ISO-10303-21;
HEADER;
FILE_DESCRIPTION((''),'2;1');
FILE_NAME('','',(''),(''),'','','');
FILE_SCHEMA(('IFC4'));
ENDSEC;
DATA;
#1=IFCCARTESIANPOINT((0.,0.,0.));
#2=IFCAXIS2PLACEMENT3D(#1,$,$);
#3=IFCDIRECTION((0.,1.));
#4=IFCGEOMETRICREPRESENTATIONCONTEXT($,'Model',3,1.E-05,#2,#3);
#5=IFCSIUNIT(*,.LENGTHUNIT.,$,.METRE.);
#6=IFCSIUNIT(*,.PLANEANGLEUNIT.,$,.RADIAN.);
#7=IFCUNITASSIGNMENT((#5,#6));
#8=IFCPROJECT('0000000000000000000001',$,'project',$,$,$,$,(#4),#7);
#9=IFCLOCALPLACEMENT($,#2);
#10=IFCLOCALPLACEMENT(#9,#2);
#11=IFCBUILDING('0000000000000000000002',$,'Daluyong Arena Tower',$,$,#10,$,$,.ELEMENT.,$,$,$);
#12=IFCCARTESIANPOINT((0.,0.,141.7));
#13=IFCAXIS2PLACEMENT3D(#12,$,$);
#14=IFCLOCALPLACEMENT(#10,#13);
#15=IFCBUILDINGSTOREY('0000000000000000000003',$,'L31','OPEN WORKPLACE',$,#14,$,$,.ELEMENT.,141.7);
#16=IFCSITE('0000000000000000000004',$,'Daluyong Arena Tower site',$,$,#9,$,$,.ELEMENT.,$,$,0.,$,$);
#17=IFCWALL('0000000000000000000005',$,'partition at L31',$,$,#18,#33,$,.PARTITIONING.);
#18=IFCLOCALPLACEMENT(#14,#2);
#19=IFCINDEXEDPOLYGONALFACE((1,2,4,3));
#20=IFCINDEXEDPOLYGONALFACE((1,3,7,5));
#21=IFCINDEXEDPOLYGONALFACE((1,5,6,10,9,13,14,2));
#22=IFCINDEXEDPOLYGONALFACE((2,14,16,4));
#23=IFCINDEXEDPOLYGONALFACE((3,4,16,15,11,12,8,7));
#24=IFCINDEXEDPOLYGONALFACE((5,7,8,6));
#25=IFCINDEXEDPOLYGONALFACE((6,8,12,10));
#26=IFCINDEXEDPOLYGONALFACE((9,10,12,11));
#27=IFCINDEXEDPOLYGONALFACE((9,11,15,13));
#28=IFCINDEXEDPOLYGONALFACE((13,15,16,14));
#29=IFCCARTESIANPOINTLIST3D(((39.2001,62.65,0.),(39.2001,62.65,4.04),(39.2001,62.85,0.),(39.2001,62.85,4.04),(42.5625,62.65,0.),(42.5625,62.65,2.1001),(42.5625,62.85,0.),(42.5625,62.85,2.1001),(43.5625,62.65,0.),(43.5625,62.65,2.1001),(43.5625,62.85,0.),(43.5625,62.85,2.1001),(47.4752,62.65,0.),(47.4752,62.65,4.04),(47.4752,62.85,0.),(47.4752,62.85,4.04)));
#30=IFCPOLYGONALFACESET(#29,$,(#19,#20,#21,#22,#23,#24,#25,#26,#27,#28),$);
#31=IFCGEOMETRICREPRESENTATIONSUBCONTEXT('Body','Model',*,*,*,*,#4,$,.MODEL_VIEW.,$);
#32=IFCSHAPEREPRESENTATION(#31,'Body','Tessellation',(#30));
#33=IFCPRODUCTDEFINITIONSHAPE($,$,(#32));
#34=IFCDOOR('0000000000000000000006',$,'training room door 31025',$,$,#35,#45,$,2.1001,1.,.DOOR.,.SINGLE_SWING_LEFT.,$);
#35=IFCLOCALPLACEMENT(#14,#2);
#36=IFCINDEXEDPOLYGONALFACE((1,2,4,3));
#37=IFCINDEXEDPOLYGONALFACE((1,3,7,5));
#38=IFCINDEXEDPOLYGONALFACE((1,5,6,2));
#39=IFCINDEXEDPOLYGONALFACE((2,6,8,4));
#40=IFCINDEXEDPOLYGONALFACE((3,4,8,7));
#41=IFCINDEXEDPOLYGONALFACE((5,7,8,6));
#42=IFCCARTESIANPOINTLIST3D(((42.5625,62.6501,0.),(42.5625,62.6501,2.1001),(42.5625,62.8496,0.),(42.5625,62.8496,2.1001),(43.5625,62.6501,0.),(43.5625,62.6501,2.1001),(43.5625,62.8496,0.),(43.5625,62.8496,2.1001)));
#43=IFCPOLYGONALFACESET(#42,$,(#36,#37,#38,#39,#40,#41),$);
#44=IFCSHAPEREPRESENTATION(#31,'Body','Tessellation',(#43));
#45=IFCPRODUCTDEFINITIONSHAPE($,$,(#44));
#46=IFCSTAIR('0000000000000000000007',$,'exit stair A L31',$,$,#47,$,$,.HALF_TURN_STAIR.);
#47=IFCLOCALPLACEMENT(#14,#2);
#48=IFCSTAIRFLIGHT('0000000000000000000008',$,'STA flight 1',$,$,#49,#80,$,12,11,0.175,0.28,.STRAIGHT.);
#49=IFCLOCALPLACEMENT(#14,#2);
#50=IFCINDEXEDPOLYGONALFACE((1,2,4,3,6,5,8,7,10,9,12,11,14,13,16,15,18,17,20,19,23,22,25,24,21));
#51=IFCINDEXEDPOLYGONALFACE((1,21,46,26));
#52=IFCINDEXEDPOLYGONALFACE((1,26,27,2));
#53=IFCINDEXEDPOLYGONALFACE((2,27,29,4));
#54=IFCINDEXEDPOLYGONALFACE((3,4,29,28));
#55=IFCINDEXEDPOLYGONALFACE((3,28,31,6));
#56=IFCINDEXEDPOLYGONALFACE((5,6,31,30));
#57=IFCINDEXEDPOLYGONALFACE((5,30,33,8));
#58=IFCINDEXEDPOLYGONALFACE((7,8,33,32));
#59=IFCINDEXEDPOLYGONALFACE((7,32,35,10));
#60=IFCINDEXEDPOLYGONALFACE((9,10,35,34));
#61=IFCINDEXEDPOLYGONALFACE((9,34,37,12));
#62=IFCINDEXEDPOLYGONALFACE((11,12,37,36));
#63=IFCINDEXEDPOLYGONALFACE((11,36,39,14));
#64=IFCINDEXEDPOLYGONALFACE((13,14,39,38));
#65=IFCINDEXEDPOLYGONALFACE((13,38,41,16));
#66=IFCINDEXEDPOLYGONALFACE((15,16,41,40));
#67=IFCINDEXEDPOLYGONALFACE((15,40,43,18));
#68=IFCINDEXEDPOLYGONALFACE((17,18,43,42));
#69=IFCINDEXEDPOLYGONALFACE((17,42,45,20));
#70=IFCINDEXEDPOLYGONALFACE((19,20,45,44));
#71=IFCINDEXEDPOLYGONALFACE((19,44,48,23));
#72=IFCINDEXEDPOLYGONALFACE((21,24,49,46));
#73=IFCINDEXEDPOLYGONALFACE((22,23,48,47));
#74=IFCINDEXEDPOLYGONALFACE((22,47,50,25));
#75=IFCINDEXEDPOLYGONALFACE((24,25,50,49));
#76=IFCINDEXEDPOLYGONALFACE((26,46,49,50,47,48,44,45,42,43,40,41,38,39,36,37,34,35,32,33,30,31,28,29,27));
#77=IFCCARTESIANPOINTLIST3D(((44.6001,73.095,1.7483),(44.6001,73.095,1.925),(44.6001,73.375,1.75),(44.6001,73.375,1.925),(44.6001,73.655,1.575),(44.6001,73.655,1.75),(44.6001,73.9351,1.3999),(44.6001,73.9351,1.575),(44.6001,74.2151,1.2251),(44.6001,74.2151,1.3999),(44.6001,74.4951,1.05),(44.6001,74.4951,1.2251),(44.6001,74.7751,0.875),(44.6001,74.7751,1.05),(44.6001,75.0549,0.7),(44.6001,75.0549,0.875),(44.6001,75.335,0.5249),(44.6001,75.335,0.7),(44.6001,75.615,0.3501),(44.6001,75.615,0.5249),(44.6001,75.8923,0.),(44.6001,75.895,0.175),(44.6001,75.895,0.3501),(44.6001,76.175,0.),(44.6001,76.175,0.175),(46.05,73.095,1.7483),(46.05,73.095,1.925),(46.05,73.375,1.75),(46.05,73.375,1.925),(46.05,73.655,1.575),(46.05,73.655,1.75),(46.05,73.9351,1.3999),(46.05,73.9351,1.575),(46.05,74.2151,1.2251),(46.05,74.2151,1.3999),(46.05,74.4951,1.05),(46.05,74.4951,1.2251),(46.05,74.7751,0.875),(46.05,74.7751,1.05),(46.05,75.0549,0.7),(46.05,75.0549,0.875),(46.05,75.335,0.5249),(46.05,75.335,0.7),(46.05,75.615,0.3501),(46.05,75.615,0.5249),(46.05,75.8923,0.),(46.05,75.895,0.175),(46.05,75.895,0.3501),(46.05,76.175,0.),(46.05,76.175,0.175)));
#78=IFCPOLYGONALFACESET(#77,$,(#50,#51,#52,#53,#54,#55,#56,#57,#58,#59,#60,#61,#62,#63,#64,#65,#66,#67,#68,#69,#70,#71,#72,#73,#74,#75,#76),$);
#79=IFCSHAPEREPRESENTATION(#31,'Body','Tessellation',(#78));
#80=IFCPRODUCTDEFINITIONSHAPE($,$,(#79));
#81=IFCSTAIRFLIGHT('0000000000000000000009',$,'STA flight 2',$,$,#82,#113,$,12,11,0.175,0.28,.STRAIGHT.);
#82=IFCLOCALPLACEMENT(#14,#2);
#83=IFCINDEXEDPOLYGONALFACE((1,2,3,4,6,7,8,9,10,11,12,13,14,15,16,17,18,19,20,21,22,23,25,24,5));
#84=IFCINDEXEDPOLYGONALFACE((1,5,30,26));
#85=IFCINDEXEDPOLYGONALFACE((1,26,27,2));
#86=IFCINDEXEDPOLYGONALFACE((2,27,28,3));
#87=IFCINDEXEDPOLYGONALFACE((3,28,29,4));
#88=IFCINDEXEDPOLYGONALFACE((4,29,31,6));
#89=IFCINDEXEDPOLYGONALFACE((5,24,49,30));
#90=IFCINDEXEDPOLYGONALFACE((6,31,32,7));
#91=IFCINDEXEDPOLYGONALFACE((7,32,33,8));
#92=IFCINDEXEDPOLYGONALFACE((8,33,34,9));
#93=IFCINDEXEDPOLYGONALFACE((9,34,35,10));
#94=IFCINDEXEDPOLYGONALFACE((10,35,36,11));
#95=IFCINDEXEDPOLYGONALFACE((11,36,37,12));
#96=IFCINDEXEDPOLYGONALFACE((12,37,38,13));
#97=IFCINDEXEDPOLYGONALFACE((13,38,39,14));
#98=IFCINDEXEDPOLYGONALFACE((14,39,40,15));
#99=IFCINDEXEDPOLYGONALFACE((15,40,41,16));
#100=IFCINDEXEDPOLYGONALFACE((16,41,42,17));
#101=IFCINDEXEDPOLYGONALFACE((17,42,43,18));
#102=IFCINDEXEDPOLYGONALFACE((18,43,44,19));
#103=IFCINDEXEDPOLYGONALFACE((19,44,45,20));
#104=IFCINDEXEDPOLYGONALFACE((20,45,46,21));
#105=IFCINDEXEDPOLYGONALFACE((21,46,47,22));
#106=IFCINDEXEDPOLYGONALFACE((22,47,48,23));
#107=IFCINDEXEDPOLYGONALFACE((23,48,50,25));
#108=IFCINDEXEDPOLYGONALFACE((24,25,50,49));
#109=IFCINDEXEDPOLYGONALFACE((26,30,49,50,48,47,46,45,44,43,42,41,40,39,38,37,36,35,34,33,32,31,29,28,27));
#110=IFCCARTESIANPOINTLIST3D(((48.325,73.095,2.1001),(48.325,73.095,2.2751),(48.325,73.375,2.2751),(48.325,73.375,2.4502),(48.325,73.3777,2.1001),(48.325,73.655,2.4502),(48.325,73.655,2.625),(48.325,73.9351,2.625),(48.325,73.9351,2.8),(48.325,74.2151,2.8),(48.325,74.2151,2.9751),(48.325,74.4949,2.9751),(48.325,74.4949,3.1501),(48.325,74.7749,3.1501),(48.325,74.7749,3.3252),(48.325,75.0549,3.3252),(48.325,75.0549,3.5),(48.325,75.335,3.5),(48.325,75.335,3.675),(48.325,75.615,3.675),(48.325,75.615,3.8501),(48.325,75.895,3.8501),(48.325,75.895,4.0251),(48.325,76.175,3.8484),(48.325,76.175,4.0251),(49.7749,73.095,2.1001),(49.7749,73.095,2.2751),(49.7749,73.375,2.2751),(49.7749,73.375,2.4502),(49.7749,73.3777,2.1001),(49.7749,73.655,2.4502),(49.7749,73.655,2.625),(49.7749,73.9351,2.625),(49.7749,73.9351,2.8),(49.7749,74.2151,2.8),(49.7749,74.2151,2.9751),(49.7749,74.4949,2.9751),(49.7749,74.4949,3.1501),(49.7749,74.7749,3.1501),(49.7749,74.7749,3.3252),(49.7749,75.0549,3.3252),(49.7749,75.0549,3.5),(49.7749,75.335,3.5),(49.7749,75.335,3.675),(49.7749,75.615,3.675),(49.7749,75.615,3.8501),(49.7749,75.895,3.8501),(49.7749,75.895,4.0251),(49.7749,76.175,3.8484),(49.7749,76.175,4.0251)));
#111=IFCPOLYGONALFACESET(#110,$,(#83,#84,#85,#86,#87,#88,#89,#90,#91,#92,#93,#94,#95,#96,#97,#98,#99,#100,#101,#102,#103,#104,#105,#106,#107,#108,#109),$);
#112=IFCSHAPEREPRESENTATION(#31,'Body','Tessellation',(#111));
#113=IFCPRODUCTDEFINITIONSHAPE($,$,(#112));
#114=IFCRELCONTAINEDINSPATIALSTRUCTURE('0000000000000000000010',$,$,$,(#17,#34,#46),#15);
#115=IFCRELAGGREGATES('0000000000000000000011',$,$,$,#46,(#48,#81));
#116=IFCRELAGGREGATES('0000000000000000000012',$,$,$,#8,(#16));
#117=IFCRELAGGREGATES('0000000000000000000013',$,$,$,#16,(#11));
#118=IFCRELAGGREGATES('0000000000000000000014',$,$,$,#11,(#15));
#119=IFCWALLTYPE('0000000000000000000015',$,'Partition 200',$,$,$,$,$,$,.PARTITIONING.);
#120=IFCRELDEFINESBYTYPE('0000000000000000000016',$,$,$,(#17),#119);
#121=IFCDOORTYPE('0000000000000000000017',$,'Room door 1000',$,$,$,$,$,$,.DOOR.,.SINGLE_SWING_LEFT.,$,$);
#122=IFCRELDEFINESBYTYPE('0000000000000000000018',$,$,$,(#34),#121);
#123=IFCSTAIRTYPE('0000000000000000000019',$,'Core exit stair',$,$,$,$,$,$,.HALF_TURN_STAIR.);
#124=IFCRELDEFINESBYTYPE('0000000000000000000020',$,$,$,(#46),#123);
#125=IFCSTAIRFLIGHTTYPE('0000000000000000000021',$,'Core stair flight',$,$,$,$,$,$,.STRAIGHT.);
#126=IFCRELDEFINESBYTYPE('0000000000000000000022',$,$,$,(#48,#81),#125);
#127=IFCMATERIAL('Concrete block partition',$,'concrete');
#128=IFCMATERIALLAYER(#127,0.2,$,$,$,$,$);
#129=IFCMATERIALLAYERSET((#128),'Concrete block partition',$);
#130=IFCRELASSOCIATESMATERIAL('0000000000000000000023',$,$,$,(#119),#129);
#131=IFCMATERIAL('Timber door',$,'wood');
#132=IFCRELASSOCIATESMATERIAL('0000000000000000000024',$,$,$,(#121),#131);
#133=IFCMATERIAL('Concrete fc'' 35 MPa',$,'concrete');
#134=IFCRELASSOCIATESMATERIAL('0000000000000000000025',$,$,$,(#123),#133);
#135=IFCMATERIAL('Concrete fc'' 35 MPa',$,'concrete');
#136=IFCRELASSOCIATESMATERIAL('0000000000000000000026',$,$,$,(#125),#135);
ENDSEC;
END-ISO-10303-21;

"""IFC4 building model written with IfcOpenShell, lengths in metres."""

from ifc_helpers import new_model, si_unit, direction, frame, frame_2d, origin, place, context, subcontext, project, spatial, polyline, rectangle, outline, extrude, material, layer, layer_set, type_object, element, fill, aggregate, save


model = new_model("IFC4")

# Units and contexts
model_context = context("Model", 3, precision=1e-05, world=origin(), true_north=direction((0.0, 1.0)))
body_context = subcontext(model_context, "Body", "Model", "MODEL_VIEW")
ifc_project = project(units=[si_unit("LENGTHUNIT", "METRE"), si_unit("PLANEANGLEUNIT", "RADIAN")], contexts=[model_context])

# Site, building, storey
site_placement = place(None, origin())
site = spatial("IfcSite", under=ifc_project, at=site_placement, Name="Daluyong Arena Tower site", CompositionType="ELEMENT", RefElevation=0.0)
building_placement = place(site_placement, origin())
building = spatial("IfcBuilding", under=site, at=building_placement, Name="Daluyong Arena Tower", CompositionType="ELEMENT")
storey_placement = place(building_placement, frame((0.0, 0.0, 141.7)))
storey = spatial("IfcBuildingStorey", under=building, at=storey_placement, Name="L31", Description="OPEN WORKPLACE", CompositionType="ELEMENT", Elevation=141.7)

# Wall, opening, door
ifc_material_1 = material(Name="Concrete block partition", Category="concrete")
ifc_layer_1 = layer(ifc_material_1, 0.2)
ifc_layer_set_1 = layer_set([ifc_layer_1], Name="Concrete block partition")
wall_type_1 = type_object("IfcWallType", Name="Partition 200", PredefinedType="PARTITIONING", material=ifc_layer_set_1)
wall_1_placement = place(storey_placement, frame((39.2, 62.75, 0.0), z_axis=(0.0, 0.0, 1.0), x_axis=(1.0, 0.0, 0.0)))
wall_1 = element("IfcWall", 1, at=wall_1_placement, inside=storey, type_object=wall_type_1, Name="partition at L31", PredefinedType="PARTITIONING", context=body_context, shape_type="SweptSolid", body=[
    extrude(rectangle(XDim=8.2751, YDim=0.2, at=frame_2d((4.1377, 0.0))), origin(), (0.0, 0.0, 1.0), 4.04),
])
opening_1_placement = place(wall_1_placement, frame((3.3625, 0.0, 0.0)))
opening_1 = element("IfcOpeningElement", 2, at=opening_1_placement, cuts=wall_1, PredefinedType="OPENING", context=body_context, shape_type="SweptSolid", body=[
    extrude(rectangle(XDim=1.0, YDim=2.1001, at=frame_2d((0.5, 1.05))), frame((0.0, 0.1099, 0.0), z_axis=(0.0, -1.0, 0.0), x_axis=(1.0, 0.0, 0.0)), (0.0, 0.0, 1.0), 0.22),
])
ifc_material_2 = material(Name="Timber door", Category="wood")
door_type_1 = type_object("IfcDoorType", Name="Room door 1000", OperationType="SINGLE_SWING_LEFT", PredefinedType="DOOR", material=ifc_material_2)
door_1_placement = place(opening_1_placement, origin())
door_1 = element("IfcDoor", 3, at=door_1_placement, inside=storey, type_object=door_type_1, Name="training room door 31025", OperationType="SINGLE_SWING_LEFT", OverallHeight=2.1001, OverallWidth=1.0, PredefinedType="DOOR", context=body_context, shape_type="SweptSolid", body=[
    extrude(rectangle(XDim=1.0, YDim=2.1001, at=frame_2d((0.5, 1.05))), frame((0.0, 0.0996, 0.0), z_axis=(0.0, -1.0, 0.0), x_axis=(1.0, 0.0, 0.0)), (0.0, 0.0, 1.0), 0.1995),
])
fill(opening_1, door_1)

# Stair, stair flights
ifc_material_3 = material(Name="Concrete fc' 35 MPa", Category="concrete")
stair_type = type_object("IfcStairType", Name="Core exit stair", PredefinedType="HALF_TURN_STAIR", material=ifc_material_3)
stair_placement = place(storey_placement, origin())
stair = element("IfcStair", 4, at=stair_placement, inside=storey, type_object=stair_type, Name="exit stair A L31", PredefinedType="HALF_TURN_STAIR")
ifc_material_4 = material(Name="Concrete fc' 35 MPa", Category="concrete")
stair_flight_type = type_object("IfcStairFlightType", Name="Core stair flight", PredefinedType="STRAIGHT", material=ifc_material_4)
stair_flight_1_placement = place(storey_placement, frame((45.325, 76.175, 0.0), z_axis=(0.0, 0.0, 1.0), x_axis=(0.0, -1.0, 0.0)))
stair_flight_1 = element("IfcStairFlight", 5, at=stair_flight_1_placement, type_object=stair_flight_type, Name="STA flight 1", NumberOfRisers=12, NumberOfTreads=11, PredefinedType="STRAIGHT", RiserHeight=0.175, TreadLength=0.28, context=body_context, shape_type="SweptSolid", body=[
    extrude(outline(polyline([(0.0, 0.0), (0.0, 0.175), (0.28, 0.175), (0.28, 0.3501), (0.5601, 0.3501), (0.5601, 0.5249), (0.8401, 0.5249), (0.8401, 0.7), (1.1201, 0.7), (1.1201, 0.875), (1.3999, 0.875), (1.3999, 1.05), (1.6799, 1.05), (1.6799, 1.2251), (1.96, 1.2251), (1.96, 1.3999), (2.24, 1.3999), (2.24, 1.575), (2.52, 1.575), (2.52, 1.75), (2.8, 1.75), (2.8, 1.925), (3.0801, 1.925), (3.0801, 2.1001), (3.0801, 1.7483), (0.2827, 0.0), (0.0, 0.0)])), frame((0.0, 0.7251, 0.0), z_axis=(0.0, -1.0, 0.0), x_axis=(1.0, 0.0, 0.0)), (0.0, 0.0, 1.0), 1.45),
])
stair_flight_2_placement = place(storey_placement, frame((49.05, 73.095, 2.1001), z_axis=(0.0, 0.0, 1.0), x_axis=(0.0, 1.0, 0.0)))
stair_flight_2 = element("IfcStairFlight", 6, at=stair_flight_2_placement, type_object=stair_flight_type, Name="STA flight 2", NumberOfRisers=12, NumberOfTreads=11, PredefinedType="STRAIGHT", RiserHeight=0.175, TreadLength=0.28, context=body_context, shape_type="SweptSolid", body=[
    extrude(outline(polyline([(0.0, 0.0), (0.0, 0.175), (0.28, 0.175), (0.28, 0.3501), (0.5601, 0.3501), (0.5601, 0.5249), (0.8401, 0.5249), (0.8401, 0.7), (1.1201, 0.7), (1.1201, 0.875), (1.3999, 0.875), (1.3999, 1.05), (1.6799, 1.05), (1.6799, 1.2251), (1.96, 1.2251), (1.96, 1.3999), (2.24, 1.3999), (2.24, 1.575), (2.52, 1.575), (2.52, 1.75), (2.8, 1.75), (2.8, 1.925), (3.0801, 1.925), (3.0801, 2.1001), (3.0801, 1.7483), (0.2827, 0.0), (0.0, 0.0)])), frame((0.0, 0.7251, 0.0), z_axis=(0.0, -1.0, 0.0), x_axis=(1.0, 0.0, 0.0)), (0.0, 0.0, 1.0), 1.45),
])
aggregate(stair, [stair_flight_1, stair_flight_2])

save(model, "model.ifc")
